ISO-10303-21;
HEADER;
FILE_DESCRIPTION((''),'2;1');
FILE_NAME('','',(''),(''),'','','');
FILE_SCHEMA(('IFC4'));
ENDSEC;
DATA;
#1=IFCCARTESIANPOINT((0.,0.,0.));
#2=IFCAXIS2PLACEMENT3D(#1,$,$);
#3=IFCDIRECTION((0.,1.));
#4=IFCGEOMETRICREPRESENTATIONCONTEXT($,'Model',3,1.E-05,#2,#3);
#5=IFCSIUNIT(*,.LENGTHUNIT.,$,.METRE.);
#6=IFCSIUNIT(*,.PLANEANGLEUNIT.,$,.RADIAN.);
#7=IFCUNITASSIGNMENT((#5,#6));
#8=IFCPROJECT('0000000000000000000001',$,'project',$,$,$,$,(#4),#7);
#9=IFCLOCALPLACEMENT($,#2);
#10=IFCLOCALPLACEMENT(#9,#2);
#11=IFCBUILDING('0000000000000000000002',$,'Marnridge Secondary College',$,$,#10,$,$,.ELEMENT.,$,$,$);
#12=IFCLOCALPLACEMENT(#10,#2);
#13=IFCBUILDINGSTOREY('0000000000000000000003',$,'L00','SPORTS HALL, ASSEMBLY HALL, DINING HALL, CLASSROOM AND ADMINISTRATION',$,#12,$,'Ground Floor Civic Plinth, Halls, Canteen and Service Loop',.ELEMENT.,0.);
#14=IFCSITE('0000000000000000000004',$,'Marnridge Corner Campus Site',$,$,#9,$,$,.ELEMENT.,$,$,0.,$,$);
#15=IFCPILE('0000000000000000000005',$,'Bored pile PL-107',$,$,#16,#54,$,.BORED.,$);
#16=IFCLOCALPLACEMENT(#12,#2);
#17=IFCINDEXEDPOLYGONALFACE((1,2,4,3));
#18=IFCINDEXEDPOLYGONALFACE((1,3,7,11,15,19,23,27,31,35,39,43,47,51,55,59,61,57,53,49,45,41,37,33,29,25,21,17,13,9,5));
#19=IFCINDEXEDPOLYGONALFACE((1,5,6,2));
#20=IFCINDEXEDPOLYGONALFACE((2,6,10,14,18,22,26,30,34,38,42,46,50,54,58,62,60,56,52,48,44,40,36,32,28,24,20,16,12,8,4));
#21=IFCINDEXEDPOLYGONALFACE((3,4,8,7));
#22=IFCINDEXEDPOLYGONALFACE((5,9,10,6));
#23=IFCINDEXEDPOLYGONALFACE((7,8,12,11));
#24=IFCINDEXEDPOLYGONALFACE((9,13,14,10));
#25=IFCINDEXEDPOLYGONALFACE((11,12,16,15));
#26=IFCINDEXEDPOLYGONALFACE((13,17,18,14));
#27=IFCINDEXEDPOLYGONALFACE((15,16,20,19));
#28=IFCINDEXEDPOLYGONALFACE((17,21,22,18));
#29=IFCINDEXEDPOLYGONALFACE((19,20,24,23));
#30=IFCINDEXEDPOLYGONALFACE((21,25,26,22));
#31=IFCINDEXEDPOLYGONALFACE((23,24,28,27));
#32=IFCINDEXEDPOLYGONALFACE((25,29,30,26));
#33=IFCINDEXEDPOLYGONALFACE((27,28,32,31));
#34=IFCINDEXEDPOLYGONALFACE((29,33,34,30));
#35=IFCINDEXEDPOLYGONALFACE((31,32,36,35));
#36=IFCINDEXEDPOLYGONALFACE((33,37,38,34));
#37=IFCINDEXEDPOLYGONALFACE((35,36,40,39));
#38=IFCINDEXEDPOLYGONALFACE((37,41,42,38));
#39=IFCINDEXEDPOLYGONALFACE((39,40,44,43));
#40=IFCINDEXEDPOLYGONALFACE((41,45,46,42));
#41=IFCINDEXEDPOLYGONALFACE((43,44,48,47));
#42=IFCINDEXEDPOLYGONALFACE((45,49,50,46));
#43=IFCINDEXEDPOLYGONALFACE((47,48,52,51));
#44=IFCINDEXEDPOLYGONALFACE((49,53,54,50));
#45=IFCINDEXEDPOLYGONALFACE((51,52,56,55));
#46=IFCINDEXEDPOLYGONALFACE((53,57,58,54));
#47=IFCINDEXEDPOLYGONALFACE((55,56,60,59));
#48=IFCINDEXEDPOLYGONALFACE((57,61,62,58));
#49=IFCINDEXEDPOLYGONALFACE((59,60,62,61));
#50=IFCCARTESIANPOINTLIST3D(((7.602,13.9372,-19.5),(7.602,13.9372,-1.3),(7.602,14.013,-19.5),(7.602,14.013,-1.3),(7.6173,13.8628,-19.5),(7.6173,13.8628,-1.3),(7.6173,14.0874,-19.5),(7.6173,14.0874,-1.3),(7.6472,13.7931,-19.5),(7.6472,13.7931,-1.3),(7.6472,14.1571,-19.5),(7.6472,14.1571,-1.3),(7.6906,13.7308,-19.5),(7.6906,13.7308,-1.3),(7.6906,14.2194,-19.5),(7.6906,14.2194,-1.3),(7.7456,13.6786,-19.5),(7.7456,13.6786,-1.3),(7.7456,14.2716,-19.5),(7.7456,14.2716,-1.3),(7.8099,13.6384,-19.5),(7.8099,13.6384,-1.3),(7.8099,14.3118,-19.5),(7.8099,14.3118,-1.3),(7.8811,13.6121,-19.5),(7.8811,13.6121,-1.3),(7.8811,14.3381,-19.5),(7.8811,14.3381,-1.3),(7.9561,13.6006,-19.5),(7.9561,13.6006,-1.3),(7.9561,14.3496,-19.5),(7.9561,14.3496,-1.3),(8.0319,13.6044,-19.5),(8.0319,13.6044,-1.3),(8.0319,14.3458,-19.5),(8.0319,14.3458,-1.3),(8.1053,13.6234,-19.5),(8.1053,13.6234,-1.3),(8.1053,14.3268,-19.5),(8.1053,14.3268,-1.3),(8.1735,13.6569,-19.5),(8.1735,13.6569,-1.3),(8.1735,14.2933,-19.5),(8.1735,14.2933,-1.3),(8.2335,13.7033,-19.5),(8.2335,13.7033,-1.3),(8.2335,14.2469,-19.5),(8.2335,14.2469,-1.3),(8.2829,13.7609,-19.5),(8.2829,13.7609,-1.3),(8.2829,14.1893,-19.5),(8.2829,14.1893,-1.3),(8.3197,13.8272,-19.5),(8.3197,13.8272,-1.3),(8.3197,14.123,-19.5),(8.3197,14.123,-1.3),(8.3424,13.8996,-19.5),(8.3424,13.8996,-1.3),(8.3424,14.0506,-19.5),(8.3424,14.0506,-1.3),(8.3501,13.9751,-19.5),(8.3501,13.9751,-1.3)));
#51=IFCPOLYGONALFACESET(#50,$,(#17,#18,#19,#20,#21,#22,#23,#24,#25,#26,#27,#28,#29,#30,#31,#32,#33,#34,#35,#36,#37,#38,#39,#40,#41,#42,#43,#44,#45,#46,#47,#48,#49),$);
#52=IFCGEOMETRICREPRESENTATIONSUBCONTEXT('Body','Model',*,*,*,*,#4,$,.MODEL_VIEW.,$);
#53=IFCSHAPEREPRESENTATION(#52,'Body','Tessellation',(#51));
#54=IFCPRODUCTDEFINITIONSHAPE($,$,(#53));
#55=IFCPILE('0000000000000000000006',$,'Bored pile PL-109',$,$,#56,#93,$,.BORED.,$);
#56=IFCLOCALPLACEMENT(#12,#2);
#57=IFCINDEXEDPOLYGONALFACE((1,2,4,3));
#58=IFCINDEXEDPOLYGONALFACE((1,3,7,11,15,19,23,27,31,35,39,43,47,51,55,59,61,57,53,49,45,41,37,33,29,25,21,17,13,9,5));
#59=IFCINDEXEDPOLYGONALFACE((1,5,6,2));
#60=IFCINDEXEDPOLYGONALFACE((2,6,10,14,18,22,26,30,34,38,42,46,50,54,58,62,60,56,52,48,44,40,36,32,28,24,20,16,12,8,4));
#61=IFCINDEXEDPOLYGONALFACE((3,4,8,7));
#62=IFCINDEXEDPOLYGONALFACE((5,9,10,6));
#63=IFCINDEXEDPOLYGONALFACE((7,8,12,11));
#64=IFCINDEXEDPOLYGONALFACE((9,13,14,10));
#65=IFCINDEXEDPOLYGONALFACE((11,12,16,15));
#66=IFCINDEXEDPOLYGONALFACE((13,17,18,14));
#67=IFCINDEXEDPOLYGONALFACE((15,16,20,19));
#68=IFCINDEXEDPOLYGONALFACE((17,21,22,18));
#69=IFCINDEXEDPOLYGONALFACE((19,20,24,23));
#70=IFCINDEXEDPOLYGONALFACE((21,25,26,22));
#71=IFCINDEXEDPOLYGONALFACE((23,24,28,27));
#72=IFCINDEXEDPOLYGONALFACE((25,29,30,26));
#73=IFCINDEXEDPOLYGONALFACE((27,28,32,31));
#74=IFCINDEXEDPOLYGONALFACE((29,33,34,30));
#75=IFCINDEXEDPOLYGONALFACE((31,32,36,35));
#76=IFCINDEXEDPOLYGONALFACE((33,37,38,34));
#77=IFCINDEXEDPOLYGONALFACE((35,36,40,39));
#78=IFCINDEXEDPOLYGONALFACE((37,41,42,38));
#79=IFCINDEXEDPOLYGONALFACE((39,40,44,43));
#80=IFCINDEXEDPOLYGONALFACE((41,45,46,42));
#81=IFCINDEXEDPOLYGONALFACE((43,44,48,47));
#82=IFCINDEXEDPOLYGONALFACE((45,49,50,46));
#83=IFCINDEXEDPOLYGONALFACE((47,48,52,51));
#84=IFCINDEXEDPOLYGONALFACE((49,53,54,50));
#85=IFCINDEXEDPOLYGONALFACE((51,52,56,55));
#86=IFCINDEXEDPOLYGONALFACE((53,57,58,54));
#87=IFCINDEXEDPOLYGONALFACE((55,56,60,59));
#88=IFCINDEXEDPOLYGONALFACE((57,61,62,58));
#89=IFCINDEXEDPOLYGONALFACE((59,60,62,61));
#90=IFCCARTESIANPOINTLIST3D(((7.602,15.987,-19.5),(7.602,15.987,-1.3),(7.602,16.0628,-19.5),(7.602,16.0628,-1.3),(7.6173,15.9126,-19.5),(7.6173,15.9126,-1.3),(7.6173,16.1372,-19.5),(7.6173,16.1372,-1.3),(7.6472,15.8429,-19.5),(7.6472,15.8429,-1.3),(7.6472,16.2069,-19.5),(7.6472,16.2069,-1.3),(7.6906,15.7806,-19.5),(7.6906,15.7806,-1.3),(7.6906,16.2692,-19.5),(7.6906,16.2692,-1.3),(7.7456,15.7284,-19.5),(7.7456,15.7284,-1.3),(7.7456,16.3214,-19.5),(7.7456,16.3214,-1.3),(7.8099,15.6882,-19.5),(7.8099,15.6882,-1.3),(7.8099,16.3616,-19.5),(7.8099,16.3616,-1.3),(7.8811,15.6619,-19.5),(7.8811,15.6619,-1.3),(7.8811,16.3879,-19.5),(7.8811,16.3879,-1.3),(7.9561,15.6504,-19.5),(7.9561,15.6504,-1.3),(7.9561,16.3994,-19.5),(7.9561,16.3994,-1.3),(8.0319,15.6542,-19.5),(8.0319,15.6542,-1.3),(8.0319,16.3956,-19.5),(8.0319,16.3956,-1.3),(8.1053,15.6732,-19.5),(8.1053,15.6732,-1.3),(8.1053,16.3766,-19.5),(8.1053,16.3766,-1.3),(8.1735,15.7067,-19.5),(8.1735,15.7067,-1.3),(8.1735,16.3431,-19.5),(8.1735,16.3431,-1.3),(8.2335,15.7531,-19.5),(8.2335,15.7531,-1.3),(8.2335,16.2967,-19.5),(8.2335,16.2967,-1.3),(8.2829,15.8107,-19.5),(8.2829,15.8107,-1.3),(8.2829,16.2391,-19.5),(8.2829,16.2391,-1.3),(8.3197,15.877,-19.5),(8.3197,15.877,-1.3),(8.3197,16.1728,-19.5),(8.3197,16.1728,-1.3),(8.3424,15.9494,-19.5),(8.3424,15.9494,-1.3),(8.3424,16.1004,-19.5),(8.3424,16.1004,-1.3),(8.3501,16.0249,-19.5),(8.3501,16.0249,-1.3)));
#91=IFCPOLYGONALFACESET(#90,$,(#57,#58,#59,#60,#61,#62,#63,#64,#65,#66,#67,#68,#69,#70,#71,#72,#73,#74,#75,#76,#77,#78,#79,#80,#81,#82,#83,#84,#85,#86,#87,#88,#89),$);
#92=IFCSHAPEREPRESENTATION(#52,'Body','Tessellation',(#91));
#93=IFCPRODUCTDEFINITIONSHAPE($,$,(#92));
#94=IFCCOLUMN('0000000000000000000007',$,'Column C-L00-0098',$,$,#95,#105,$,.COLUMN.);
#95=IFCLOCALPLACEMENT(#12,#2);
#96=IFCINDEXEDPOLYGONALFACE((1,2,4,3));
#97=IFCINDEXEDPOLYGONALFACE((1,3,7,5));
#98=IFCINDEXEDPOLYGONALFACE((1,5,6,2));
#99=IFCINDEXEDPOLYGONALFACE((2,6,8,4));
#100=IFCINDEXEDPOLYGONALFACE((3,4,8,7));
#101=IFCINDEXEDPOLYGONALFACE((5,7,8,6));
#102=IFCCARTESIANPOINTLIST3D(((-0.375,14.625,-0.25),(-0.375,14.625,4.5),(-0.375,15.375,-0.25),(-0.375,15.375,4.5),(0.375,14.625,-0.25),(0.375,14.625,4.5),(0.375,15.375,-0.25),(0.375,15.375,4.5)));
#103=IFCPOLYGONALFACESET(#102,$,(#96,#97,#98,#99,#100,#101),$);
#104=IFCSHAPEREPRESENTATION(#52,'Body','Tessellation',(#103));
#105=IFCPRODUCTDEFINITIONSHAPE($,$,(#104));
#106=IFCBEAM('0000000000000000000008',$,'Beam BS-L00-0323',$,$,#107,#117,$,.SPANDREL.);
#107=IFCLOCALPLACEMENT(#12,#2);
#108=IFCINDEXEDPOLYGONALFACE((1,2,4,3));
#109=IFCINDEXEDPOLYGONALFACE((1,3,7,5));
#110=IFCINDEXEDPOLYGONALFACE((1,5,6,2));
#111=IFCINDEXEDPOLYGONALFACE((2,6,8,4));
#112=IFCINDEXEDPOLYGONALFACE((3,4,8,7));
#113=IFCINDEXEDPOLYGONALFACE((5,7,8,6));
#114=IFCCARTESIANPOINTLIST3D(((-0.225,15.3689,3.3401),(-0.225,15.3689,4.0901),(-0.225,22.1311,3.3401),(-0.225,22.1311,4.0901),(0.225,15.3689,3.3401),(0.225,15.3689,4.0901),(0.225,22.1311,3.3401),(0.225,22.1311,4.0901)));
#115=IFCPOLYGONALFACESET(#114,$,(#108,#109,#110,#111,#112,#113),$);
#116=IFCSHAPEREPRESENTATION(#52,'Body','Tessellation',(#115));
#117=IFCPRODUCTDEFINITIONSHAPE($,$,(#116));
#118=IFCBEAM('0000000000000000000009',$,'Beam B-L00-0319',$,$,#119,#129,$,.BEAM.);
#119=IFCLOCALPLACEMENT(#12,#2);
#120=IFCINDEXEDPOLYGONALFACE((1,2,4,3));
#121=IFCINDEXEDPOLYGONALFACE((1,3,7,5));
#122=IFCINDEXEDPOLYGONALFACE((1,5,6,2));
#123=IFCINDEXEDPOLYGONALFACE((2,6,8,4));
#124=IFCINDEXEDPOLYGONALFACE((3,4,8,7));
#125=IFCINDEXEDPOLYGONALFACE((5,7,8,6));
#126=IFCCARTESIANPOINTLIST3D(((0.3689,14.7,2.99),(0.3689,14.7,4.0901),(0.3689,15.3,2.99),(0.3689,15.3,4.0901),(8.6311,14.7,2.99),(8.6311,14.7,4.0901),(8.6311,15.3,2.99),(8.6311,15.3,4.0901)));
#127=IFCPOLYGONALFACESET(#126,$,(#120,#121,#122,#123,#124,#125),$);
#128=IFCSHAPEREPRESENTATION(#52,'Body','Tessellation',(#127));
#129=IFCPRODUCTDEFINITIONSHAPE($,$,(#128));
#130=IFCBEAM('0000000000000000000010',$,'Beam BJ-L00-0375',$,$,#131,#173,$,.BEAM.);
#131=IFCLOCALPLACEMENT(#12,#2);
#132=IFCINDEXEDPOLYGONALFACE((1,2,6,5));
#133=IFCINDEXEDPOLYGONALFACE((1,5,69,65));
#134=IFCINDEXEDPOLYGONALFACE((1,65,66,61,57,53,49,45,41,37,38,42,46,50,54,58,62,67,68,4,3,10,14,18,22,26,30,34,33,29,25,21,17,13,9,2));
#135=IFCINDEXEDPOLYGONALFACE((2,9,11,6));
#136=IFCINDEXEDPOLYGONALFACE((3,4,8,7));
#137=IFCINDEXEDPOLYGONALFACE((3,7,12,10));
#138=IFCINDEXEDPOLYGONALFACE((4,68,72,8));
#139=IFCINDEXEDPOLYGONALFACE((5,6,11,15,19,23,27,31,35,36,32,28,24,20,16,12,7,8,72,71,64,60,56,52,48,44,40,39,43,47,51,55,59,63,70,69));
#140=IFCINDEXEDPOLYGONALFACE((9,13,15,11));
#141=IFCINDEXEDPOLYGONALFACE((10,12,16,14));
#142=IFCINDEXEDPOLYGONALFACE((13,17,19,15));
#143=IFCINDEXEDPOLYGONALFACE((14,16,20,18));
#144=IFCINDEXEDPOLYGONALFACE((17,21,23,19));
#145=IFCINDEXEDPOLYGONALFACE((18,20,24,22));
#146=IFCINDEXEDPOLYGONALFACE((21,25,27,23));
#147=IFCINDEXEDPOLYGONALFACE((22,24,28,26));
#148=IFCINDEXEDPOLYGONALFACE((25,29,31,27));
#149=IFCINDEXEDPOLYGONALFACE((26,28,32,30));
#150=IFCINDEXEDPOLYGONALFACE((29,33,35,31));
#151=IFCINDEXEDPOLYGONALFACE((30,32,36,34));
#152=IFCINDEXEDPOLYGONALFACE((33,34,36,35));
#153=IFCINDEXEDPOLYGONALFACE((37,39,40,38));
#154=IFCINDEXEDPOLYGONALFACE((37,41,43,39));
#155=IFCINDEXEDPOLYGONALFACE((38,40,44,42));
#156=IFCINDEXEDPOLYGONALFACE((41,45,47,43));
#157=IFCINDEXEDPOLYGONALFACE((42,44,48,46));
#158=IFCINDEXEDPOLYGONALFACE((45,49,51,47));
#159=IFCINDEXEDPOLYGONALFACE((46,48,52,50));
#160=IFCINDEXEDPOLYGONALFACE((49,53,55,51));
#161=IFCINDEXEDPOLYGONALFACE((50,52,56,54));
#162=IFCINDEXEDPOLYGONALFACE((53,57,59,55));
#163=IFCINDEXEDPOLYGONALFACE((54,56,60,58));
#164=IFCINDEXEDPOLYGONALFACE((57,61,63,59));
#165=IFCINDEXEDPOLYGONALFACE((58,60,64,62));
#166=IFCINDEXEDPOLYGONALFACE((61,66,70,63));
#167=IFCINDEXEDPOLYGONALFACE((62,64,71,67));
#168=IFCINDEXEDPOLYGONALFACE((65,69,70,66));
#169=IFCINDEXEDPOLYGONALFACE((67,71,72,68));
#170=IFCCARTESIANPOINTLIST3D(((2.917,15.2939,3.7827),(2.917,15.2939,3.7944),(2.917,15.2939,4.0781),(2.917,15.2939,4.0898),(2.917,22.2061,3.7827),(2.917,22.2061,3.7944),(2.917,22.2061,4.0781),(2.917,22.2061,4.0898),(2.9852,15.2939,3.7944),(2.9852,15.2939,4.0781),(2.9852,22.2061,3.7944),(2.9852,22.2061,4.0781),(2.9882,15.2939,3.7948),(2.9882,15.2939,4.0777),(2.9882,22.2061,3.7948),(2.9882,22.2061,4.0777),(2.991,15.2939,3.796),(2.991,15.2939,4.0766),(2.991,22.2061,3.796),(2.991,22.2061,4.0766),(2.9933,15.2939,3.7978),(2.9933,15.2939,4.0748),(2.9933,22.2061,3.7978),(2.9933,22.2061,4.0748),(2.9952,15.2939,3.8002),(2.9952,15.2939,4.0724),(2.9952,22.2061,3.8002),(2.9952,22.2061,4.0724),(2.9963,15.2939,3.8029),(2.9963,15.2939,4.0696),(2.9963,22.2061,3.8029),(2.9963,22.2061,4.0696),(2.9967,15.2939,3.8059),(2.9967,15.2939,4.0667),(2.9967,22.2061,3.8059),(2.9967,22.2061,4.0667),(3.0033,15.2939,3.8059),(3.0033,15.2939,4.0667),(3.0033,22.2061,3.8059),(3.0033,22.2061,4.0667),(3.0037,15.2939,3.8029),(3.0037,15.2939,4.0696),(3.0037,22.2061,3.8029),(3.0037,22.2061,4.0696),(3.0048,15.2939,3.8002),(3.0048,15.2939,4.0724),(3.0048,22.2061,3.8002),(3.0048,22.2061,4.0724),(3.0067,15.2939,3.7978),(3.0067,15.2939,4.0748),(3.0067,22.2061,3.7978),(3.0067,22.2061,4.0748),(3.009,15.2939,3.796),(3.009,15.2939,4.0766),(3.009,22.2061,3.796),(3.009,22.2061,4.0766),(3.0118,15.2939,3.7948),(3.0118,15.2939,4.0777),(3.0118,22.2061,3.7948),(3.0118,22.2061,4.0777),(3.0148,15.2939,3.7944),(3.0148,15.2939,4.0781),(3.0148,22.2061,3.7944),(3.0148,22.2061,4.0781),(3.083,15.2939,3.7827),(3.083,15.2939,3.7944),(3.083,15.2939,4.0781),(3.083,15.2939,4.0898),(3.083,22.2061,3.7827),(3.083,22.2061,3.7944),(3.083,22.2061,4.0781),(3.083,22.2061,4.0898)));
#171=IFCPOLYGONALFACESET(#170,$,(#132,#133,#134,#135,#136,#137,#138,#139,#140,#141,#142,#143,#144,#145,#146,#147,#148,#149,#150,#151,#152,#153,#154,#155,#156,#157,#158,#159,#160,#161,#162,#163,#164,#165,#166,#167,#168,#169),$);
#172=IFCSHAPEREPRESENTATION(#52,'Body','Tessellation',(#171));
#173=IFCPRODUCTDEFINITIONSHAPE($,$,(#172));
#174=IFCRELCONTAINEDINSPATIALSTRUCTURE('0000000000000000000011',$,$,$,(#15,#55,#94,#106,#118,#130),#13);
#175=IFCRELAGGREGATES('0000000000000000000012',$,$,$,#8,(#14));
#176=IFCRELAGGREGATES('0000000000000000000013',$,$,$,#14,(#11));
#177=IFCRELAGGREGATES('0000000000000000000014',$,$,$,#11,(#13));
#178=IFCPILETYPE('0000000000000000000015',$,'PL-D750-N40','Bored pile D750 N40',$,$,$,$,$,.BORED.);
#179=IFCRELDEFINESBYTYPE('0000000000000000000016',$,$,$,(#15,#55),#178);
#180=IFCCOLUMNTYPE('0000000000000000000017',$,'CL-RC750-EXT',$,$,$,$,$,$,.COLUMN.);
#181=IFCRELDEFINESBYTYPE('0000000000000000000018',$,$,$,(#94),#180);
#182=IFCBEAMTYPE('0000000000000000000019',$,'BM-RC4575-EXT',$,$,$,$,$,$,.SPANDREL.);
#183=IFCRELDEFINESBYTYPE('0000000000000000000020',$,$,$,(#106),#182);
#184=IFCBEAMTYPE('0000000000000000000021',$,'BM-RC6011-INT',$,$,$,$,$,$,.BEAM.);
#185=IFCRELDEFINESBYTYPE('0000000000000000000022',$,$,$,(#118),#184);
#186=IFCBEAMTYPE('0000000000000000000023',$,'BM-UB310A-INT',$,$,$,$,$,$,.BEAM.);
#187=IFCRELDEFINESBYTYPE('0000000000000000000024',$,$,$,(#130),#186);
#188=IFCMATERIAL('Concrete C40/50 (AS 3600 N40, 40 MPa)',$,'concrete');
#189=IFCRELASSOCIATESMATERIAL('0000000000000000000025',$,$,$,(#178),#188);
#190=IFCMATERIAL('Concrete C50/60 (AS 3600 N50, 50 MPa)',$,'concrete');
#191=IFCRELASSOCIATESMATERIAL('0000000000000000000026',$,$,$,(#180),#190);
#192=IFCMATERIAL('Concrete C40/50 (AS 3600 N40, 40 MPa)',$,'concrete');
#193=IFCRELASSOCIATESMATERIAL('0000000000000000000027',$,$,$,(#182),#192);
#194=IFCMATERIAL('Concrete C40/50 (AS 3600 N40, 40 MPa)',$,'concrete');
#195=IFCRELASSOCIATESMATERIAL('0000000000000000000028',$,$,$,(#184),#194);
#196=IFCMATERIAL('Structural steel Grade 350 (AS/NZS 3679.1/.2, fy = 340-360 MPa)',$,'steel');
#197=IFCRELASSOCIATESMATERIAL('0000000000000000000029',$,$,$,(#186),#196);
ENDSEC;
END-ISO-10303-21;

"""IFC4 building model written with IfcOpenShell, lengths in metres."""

from ifc_helpers import new_model, si_unit, direction, frame, origin, origin_2d, place, context, subcontext, project, spatial, rectangle, circle, i_section, extrude, material, material_profile, profile_set, type_object, element, save


model = new_model("IFC4")

# Units and contexts
model_context = context("Model", 3, precision=1e-05, world=origin(), true_north=direction((0.0, 1.0)))
body_context = subcontext(model_context, "Body", "Model", "MODEL_VIEW")
ifc_project = project(units=[si_unit("LENGTHUNIT", "METRE"), si_unit("PLANEANGLEUNIT", "RADIAN")], contexts=[model_context])

# Site, building, storey
site_placement = place(None, origin())
site = spatial("IfcSite", under=ifc_project, at=site_placement, Name="Marnridge Corner Campus Site", CompositionType="ELEMENT", RefElevation=0.0)
building_placement = place(site_placement, origin())
building = spatial("IfcBuilding", under=site, at=building_placement, Name="Marnridge Secondary College", CompositionType="ELEMENT")
storey_placement = place(building_placement, origin())
storey = spatial("IfcBuildingStorey", under=building, at=storey_placement, Name="L00", Description="SPORTS HALL, ASSEMBLY HALL, DINING HALL, CLASSROOM AND ADMINISTRATION", LongName="Ground Floor Civic Plinth, Halls, Canteen and Service Loop", CompositionType="ELEMENT", Elevation=0.0)

# Piles
ifc_material_1 = material(Name="Concrete C40/50 (AS 3600 N40, 40 MPa)", Category="concrete")
ifc_material_profile_1 = material_profile(ifc_material_1, circle(Radius=0.375, at=origin_2d()), Name="PILE D750")
ifc_profile_set_1 = profile_set([ifc_material_profile_1], Name="Concrete C40/50 (AS 3600 N40, 40 MPa)")
pile_type = type_object("IfcPileType", Name="PL-D750-N40", Description="Bored pile D750 N40", PredefinedType="BORED", material=ifc_profile_set_1)
for number, where, z_axis, x_axis, name in (
    (1, (7.9751, 13.9751, -1.3), (0.0, 0.0, -1.0), (1.0, 0.0, 0.0), "Bored pile PL-107"),
    (2, (7.9751, 16.0249, -1.3), (0.0, 0.0, -1.0), (1.0, 0.0, 0.0), "Bored pile PL-109"),
):
    element("IfcPile", number, at=place(storey_placement, frame(where, z_axis=z_axis, x_axis=x_axis)), inside=storey, type_object=pile_type, Name=name, PredefinedType="BORED", context=body_context, shape_type="SweptSolid", body=[
        extrude(circle(Radius=0.375, at=origin_2d()), origin(), (0.0, 0.0, 1.0), 18.2),
    ])

# Column
ifc_material_2 = material(Name="Concrete C50/60 (AS 3600 N50, 50 MPa)", Category="concrete")
ifc_material_profile_2 = material_profile(ifc_material_2, rectangle(XDim=0.75, YDim=0.75, at=origin_2d()), Name="RC 750x750")
ifc_profile_set_2 = profile_set([ifc_material_profile_2], Name="Concrete C50/60 (AS 3600 N50, 50 MPa)")
column_type = type_object("IfcColumnType", Name="CL-RC750-EXT", PredefinedType="COLUMN", material=ifc_profile_set_2)
column_placement = place(storey_placement, frame((0.0, 15.0, -0.25), z_axis=(0.0, 0.0, 1.0), x_axis=(1.0, 0.0, 0.0)))
element("IfcColumn", 3, at=column_placement, inside=storey, type_object=column_type, Name="Column C-L00-0098", PredefinedType="COLUMN", context=body_context, shape_type="SweptSolid", body=[
    extrude(rectangle(XDim=0.75, YDim=0.75, at=origin_2d()), origin(), (0.0, 0.0, 1.0), 4.75),
])

# Beams
ifc_material_3 = material(Name="Concrete C40/50 (AS 3600 N40, 40 MPa)", Category="concrete")
ifc_material_profile_3 = material_profile(ifc_material_3, rectangle(XDim=0.45, YDim=0.75, at=origin_2d()), Name="RC 450x750")
ifc_profile_set_3 = profile_set([ifc_material_profile_3], Name="Concrete C40/50 (AS 3600 N40, 40 MPa)")
beam_type_1 = type_object("IfcBeamType", Name="BM-RC4575-EXT", PredefinedType="SPANDREL", material=ifc_profile_set_3)
beam_1_placement = place(storey_placement, frame((0.0, 15.3689, 3.7151), z_axis=(0.0, 1.0, 0.0), x_axis=(-1.0, 0.0, 0.0)))
element("IfcBeam", 4, at=beam_1_placement, inside=storey, type_object=beam_type_1, Name="Beam BS-L00-0323", PredefinedType="SPANDREL", context=body_context, shape_type="SweptSolid", body=[
    extrude(rectangle(XDim=0.45, YDim=0.75, at=origin_2d()), origin(), (0.0, 0.0, 1.0), 6.7622),
])
ifc_material_4 = material(Name="Concrete C40/50 (AS 3600 N40, 40 MPa)", Category="concrete")
ifc_material_profile_4 = material_profile(ifc_material_4, rectangle(XDim=0.6001, YDim=1.1001, at=origin_2d()), Name="RC 600x1100")
ifc_profile_set_4 = profile_set([ifc_material_profile_4], Name="Concrete C40/50 (AS 3600 N40, 40 MPa)")
beam_type_2 = type_object("IfcBeamType", Name="BM-RC6011-INT", PredefinedType="BEAM", material=ifc_profile_set_4)
beam_2_placement = place(storey_placement, frame((0.3689, 15.0, 3.54), z_axis=(1.0, 0.0, 0.0), x_axis=(0.0, 1.0, 0.0)))
element("IfcBeam", 5, at=beam_2_placement, inside=storey, type_object=beam_type_2, Name="Beam B-L00-0319", PredefinedType="BEAM", context=body_context, shape_type="SweptSolid", body=[
    extrude(rectangle(XDim=0.6001, YDim=1.1001, at=origin_2d()), origin(), (0.0, 0.0, 1.0), 8.2622),
])
ifc_material_5 = material(Name="Structural steel Grade 350 (AS/NZS 3679.1/.2, fy = 340-360 MPa)", Category="steel")
ifc_material_profile_5 = material_profile(ifc_material_5, i_section(OverallWidth=0.166, OverallDepth=0.3071, WebThickness=0.0066, FlangeThickness=0.0117, FilletRadius=0.0115, at=origin_2d()), Name="310UB46.2")
ifc_profile_set_5 = profile_set([ifc_material_profile_5], Name="Structural steel Grade 350 (AS/NZS 3679.1/.2, fy = 340-360 MPa)")
beam_type_3 = type_object("IfcBeamType", Name="BM-UB310A-INT", PredefinedType="BEAM", material=ifc_profile_set_5)
for number, where, z_axis, x_axis, name in (
    (6, (3.0, 15.2939, 3.9363), (0.0, 1.0, 0.0), (-1.0, 0.0, 0.0), "Beam BJ-L00-0375"),
):
    element("IfcBeam", number, at=place(storey_placement, frame(where, z_axis=z_axis, x_axis=x_axis)), inside=storey, type_object=beam_type_3, Name=name, PredefinedType="BEAM", context=body_context, shape_type="SweptSolid", body=[
        extrude(i_section(OverallWidth=0.166, OverallDepth=0.3071, WebThickness=0.0066, FlangeThickness=0.0117, FilletRadius=0.0115, at=origin_2d()), origin(), (0.0, 0.0, 1.0), 6.9121),
    ])

save(model, "model.ifc")
